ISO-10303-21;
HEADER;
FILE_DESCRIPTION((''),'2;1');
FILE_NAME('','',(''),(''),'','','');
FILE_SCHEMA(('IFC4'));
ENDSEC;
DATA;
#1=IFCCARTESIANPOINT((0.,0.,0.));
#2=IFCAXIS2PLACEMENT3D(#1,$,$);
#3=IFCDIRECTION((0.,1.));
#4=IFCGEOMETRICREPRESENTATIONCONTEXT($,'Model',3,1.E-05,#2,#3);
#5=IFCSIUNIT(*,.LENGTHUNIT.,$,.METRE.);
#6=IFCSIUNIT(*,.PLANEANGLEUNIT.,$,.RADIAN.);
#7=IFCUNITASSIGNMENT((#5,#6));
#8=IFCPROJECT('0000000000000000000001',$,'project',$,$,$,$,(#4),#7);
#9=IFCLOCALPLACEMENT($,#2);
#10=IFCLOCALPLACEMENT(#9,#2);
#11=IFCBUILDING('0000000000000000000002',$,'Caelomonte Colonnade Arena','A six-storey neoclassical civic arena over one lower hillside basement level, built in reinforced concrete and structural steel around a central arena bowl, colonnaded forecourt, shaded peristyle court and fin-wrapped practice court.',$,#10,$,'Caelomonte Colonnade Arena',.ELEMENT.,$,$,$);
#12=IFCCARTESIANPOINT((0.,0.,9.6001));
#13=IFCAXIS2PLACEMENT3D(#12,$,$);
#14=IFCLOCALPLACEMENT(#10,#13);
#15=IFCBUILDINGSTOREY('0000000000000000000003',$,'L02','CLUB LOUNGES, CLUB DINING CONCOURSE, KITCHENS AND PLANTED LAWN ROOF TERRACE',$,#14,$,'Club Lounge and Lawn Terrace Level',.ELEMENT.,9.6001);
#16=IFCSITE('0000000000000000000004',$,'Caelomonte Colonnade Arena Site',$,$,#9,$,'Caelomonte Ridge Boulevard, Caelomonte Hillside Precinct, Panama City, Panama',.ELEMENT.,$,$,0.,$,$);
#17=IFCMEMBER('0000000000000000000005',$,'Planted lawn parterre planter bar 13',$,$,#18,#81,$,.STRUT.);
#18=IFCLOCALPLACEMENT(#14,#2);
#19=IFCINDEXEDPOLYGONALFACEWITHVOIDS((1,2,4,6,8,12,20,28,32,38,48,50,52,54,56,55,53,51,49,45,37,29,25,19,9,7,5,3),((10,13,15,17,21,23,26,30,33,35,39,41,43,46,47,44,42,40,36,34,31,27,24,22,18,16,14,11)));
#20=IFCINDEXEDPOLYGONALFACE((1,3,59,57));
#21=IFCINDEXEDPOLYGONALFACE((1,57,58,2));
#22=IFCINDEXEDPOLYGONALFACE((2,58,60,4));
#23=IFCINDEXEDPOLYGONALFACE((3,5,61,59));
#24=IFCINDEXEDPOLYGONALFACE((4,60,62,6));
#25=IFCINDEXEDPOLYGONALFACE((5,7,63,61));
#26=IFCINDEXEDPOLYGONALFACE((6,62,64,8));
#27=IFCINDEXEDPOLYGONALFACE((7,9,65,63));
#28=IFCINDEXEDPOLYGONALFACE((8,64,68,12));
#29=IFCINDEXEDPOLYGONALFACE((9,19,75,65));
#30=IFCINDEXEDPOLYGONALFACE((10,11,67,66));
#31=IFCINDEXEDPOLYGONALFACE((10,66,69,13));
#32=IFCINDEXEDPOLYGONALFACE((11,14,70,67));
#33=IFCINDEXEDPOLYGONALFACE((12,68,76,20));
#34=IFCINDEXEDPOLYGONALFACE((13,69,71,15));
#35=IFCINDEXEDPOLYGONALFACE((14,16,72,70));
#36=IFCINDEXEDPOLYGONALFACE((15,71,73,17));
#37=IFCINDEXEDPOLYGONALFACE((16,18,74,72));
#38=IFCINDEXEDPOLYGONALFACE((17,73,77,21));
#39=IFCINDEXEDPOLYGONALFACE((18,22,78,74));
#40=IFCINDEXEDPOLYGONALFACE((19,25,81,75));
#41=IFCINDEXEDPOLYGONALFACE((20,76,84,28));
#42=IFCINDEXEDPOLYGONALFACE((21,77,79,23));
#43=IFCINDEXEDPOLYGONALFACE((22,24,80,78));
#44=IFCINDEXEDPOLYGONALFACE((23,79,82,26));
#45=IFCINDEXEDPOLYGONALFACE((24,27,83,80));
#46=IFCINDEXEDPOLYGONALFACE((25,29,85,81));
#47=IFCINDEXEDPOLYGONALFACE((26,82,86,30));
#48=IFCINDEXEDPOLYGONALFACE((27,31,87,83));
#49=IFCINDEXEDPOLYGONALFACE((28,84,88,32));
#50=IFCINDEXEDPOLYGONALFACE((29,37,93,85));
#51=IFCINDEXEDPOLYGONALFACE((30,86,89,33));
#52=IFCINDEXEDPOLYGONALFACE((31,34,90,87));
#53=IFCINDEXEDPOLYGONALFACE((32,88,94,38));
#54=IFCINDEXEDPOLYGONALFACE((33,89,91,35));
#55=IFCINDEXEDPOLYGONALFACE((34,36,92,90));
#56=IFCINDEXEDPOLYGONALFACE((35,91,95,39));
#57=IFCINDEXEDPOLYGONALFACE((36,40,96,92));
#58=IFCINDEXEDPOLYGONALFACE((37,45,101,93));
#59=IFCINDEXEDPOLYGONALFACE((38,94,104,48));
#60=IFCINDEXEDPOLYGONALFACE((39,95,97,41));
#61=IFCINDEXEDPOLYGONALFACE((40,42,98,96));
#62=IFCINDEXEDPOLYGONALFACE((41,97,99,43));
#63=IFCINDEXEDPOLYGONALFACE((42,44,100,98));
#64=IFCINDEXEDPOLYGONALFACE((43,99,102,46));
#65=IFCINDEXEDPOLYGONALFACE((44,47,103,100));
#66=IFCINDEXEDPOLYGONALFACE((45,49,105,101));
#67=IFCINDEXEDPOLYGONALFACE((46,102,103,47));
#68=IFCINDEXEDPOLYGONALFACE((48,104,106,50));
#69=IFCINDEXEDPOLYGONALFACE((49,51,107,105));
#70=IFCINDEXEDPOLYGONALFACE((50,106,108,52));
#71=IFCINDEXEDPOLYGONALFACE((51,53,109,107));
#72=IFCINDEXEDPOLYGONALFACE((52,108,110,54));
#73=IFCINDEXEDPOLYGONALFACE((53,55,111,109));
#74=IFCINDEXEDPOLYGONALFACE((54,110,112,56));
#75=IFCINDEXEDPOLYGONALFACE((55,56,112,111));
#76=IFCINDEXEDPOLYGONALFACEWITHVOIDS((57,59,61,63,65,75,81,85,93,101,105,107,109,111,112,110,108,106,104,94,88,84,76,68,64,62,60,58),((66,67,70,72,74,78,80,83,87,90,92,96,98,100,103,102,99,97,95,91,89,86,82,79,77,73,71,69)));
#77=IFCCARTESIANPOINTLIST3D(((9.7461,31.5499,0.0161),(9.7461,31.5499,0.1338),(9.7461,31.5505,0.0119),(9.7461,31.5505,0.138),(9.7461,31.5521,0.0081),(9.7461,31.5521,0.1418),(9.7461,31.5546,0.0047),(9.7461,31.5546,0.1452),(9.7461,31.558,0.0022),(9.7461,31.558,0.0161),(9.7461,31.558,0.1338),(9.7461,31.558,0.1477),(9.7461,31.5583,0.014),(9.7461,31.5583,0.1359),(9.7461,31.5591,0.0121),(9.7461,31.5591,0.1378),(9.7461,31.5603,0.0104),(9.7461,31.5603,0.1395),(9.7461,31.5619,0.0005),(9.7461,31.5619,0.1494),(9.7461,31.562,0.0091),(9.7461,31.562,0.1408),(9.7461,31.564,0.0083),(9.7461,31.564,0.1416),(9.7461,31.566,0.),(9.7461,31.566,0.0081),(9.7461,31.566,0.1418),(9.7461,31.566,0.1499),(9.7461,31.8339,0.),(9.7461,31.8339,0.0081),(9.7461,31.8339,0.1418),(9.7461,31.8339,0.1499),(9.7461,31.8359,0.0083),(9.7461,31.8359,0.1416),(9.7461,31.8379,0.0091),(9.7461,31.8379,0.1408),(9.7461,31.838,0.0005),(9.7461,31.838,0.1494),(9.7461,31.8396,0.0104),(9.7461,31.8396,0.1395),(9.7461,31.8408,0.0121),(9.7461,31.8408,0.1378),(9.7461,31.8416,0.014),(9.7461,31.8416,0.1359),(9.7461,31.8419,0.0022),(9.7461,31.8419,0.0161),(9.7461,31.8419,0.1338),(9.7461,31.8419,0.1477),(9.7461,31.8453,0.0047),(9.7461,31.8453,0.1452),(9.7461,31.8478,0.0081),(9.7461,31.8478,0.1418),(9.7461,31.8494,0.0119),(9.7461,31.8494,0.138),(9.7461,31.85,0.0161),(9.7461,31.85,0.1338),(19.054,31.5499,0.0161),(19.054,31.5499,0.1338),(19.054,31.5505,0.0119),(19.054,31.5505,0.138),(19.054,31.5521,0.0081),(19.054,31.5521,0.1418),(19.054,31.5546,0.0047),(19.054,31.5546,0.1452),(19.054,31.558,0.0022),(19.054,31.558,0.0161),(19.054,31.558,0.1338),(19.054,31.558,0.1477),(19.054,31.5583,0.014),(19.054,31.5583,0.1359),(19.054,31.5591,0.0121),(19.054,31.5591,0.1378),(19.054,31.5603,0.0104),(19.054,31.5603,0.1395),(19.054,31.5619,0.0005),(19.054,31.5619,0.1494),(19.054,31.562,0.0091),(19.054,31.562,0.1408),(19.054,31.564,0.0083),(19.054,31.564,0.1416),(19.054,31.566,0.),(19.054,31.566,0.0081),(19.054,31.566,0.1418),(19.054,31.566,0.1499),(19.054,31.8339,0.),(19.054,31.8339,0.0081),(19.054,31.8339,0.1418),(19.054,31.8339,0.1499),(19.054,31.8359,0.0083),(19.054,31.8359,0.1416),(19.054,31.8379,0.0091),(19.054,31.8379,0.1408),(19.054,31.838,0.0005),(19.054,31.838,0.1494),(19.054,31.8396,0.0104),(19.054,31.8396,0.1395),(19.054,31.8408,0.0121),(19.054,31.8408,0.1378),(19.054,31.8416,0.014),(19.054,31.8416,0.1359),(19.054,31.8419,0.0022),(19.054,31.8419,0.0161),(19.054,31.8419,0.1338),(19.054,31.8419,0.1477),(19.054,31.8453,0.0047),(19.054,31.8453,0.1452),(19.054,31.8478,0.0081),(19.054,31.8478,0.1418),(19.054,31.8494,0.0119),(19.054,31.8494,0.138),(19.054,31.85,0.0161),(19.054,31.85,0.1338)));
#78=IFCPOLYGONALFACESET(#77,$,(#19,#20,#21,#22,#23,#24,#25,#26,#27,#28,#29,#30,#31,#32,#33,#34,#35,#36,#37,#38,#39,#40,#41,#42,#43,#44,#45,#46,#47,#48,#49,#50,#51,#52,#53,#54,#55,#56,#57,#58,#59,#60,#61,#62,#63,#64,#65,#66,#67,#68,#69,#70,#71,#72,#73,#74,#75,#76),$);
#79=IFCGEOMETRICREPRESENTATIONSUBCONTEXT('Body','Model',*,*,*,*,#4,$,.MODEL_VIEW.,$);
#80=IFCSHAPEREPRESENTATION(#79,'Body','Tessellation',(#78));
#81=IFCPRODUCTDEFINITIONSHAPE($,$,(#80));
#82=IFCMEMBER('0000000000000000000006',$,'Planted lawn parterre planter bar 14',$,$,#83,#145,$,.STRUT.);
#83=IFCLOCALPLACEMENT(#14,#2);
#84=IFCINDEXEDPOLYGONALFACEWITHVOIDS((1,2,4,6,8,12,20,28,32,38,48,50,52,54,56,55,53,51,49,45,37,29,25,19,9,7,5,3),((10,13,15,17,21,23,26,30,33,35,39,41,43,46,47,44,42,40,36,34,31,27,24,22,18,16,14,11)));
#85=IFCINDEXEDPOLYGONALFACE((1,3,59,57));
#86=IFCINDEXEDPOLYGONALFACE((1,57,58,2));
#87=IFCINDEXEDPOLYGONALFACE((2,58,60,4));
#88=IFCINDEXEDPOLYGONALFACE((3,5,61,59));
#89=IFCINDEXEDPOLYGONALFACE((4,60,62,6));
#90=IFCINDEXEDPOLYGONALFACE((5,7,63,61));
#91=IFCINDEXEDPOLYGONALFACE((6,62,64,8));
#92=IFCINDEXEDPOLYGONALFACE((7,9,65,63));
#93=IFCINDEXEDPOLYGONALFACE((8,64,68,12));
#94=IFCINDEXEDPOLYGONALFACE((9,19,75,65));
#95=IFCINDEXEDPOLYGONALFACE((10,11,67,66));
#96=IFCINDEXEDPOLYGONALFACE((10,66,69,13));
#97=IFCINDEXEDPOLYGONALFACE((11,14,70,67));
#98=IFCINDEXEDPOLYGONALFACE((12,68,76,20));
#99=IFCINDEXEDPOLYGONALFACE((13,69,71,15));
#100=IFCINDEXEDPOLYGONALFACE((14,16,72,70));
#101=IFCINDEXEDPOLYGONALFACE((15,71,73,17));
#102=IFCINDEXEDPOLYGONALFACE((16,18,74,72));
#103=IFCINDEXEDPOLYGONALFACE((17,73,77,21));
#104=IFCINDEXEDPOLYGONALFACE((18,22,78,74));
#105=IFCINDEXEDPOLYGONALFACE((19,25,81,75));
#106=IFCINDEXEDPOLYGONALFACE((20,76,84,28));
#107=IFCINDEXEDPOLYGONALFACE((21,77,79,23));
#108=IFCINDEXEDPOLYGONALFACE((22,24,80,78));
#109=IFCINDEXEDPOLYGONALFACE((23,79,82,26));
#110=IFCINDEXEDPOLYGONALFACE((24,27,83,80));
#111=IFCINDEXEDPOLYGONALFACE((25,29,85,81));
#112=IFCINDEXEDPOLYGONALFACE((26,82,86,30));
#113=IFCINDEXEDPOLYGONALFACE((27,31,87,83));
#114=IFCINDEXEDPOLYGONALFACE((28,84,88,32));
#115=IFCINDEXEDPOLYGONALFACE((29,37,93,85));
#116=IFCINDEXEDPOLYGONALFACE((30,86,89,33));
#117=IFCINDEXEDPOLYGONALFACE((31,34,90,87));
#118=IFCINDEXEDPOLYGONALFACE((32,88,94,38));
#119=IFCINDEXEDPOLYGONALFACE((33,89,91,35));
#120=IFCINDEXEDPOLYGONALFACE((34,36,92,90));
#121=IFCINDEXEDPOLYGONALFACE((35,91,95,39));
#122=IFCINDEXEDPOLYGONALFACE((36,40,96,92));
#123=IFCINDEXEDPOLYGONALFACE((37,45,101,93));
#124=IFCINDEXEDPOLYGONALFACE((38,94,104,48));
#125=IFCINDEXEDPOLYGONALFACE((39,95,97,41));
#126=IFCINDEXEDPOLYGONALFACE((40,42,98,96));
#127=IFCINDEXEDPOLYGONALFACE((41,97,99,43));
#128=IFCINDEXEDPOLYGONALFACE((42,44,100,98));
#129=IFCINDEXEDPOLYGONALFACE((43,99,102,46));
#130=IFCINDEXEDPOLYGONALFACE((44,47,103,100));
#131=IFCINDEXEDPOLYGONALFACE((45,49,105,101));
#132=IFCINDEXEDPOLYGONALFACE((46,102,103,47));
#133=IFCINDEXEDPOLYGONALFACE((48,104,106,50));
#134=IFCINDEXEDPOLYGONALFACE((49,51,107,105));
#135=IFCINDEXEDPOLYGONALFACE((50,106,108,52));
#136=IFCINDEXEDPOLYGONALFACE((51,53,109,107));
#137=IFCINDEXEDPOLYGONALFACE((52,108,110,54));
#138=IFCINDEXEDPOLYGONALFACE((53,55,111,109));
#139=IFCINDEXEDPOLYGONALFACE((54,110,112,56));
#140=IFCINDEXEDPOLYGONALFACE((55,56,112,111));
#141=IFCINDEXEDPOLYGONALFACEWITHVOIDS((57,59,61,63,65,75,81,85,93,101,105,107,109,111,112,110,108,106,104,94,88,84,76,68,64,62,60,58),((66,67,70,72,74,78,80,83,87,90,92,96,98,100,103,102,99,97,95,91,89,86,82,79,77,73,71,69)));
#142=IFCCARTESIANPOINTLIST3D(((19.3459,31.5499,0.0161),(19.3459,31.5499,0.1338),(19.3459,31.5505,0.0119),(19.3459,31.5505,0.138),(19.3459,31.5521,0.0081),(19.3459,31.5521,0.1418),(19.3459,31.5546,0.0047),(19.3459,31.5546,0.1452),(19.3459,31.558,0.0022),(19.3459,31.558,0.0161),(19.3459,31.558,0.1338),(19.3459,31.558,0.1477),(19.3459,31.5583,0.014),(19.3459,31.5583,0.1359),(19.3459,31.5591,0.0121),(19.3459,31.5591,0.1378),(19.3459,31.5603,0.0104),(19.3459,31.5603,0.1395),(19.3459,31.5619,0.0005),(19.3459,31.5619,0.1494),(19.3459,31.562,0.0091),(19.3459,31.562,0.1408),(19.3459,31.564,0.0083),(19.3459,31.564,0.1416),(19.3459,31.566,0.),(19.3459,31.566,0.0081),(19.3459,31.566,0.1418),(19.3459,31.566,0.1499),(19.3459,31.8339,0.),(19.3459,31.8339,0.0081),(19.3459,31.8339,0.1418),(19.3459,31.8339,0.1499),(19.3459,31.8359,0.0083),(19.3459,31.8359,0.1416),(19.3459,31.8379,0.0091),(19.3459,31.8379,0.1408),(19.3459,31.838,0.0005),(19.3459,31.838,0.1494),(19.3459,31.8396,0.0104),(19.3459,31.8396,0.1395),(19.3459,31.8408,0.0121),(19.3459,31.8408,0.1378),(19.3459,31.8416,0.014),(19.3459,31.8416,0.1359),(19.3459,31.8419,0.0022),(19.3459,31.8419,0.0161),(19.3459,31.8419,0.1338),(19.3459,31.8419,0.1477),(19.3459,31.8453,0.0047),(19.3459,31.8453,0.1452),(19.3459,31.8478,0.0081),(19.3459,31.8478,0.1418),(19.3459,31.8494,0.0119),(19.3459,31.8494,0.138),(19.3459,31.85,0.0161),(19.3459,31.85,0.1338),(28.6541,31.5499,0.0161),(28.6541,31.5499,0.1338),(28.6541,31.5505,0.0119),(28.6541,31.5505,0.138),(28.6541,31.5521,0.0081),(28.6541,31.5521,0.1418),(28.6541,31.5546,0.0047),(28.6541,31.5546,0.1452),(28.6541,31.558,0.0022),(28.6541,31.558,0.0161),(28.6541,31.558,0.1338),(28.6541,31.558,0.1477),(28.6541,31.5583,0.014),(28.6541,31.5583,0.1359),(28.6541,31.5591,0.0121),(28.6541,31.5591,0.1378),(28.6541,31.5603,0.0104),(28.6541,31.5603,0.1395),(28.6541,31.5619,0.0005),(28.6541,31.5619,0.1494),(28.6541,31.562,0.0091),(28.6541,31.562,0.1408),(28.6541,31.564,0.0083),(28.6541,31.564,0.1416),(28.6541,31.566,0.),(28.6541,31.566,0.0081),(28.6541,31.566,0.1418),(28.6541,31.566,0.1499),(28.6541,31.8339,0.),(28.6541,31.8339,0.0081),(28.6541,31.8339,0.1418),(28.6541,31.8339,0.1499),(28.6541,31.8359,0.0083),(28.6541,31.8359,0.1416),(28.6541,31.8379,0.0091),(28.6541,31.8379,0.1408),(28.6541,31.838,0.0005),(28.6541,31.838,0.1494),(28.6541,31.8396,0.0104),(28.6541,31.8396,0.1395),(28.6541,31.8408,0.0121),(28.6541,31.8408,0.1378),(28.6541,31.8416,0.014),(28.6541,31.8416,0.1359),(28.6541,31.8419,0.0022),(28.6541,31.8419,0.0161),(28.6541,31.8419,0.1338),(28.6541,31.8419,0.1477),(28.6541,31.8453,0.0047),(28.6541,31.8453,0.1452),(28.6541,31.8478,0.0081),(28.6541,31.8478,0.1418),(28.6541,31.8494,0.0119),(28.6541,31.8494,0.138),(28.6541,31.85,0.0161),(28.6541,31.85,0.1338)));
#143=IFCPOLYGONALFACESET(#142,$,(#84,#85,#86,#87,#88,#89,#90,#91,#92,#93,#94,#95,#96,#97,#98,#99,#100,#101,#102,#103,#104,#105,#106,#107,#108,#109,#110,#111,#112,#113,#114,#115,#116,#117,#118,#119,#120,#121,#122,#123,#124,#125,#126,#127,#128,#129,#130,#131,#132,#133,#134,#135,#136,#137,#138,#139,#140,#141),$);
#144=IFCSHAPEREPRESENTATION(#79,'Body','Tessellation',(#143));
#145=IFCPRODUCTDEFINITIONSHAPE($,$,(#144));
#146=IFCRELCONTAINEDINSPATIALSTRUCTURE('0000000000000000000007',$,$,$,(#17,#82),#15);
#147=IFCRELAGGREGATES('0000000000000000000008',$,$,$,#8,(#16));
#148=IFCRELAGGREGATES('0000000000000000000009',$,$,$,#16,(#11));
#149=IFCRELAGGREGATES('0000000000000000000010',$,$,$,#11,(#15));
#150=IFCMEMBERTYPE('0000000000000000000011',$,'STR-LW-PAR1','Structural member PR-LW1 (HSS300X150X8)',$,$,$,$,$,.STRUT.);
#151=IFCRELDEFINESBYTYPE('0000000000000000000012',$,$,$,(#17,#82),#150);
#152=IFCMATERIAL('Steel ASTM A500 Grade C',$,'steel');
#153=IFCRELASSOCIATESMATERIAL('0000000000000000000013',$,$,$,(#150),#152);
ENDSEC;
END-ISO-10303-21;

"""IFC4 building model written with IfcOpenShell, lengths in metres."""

from ifc_helpers import new_model, si_unit, direction, frame, origin, origin_2d, place, context, subcontext, project, spatial, hollow_rectangle, extrude, material, material_profile, profile_set, type_object, element, save


model = new_model("IFC4")

# Units and contexts
model_context = context("Model", 3, precision=1e-05, world=origin(), true_north=direction((0.0, 1.0)))
body_context = subcontext(model_context, "Body", "Model", "MODEL_VIEW")
ifc_project = project(units=[si_unit("LENGTHUNIT", "METRE"), si_unit("PLANEANGLEUNIT", "RADIAN")], contexts=[model_context])

# Site, building, storey
site_placement = place(None, origin())
site = spatial("IfcSite", under=ifc_project, at=site_placement, Name="Caelomonte Colonnade Arena Site", LongName="Caelomonte Ridge Boulevard, Caelomonte Hillside Precinct, Panama City, Panama", CompositionType="ELEMENT", RefElevation=0.0)
building_placement = place(site_placement, origin())
building = spatial("IfcBuilding", under=site, at=building_placement, Name="Caelomonte Colonnade Arena", Description="A six-storey neoclassical civic arena over one lower hillside basement level, built in reinforced concrete and structural steel around a central arena bowl, colonnaded forecourt, shaded peristyle court and fin-wrapped practice court.", LongName="Caelomonte Colonnade Arena", CompositionType="ELEMENT")
storey_placement = place(building_placement, frame((0.0, 0.0, 9.6001)))
storey = spatial("IfcBuildingStorey", under=building, at=storey_placement, Name="L02", Description="CLUB LOUNGES, CLUB DINING CONCOURSE, KITCHENS AND PLANTED LAWN ROOF TERRACE", LongName="Club Lounge and Lawn Terrace Level", CompositionType="ELEMENT", Elevation=9.6001)

# Members
ifc_material_1 = material(Name="Steel ASTM A500 Grade C", Category="steel")
ifc_material_profile_1 = material_profile(ifc_material_1, hollow_rectangle(XDim=0.3, YDim=0.1499, WallThickness=0.0081, InnerFilletRadius=0.0081, OuterFilletRadius=0.0161, at=origin_2d()), Name="HSS300X150X8")
ifc_profile_set_1 = profile_set([ifc_material_profile_1], Name="Steel ASTM A500 Grade C")
member_type = type_object("IfcMemberType", Name="STR-LW-PAR1", Description="Structural member PR-LW1 (HSS300X150X8)", PredefinedType="STRUT", material=ifc_profile_set_1)
member_1_placement = place(storey_placement, frame((9.7461, 31.7, 0.075), z_axis=(1.0, 0.0, 0.0), x_axis=(0.0, 1.0, 0.0)))
element("IfcMember", 1, at=member_1_placement, inside=storey, type_object=member_type, Name="Planted lawn parterre planter bar 13", PredefinedType="STRUT", context=body_context, shape_type="SweptSolid", body=[
    extrude(hollow_rectangle(XDim=0.3, YDim=0.1499, WallThickness=0.0081, InnerFilletRadius=0.0081, OuterFilletRadius=0.0161, at=origin_2d()), origin(), (0.0, 0.0, 1.0), 9.3079),
])
member_2_placement = place(storey_placement, frame((19.3459, 31.7, 0.075), z_axis=(1.0, 0.0, 0.0), x_axis=(0.0, 1.0, 0.0)))
element("IfcMember", 2, at=member_2_placement, inside=storey, type_object=member_type, Name="Planted lawn parterre planter bar 14", PredefinedType="STRUT", context=body_context, shape_type="SweptSolid", body=[
    extrude(hollow_rectangle(XDim=0.3, YDim=0.1499, WallThickness=0.0081, InnerFilletRadius=0.0081, OuterFilletRadius=0.0161, at=origin_2d()), origin(), (0.0, 0.0, 1.0), 9.3081),
])

save(model, "model.ifc")
